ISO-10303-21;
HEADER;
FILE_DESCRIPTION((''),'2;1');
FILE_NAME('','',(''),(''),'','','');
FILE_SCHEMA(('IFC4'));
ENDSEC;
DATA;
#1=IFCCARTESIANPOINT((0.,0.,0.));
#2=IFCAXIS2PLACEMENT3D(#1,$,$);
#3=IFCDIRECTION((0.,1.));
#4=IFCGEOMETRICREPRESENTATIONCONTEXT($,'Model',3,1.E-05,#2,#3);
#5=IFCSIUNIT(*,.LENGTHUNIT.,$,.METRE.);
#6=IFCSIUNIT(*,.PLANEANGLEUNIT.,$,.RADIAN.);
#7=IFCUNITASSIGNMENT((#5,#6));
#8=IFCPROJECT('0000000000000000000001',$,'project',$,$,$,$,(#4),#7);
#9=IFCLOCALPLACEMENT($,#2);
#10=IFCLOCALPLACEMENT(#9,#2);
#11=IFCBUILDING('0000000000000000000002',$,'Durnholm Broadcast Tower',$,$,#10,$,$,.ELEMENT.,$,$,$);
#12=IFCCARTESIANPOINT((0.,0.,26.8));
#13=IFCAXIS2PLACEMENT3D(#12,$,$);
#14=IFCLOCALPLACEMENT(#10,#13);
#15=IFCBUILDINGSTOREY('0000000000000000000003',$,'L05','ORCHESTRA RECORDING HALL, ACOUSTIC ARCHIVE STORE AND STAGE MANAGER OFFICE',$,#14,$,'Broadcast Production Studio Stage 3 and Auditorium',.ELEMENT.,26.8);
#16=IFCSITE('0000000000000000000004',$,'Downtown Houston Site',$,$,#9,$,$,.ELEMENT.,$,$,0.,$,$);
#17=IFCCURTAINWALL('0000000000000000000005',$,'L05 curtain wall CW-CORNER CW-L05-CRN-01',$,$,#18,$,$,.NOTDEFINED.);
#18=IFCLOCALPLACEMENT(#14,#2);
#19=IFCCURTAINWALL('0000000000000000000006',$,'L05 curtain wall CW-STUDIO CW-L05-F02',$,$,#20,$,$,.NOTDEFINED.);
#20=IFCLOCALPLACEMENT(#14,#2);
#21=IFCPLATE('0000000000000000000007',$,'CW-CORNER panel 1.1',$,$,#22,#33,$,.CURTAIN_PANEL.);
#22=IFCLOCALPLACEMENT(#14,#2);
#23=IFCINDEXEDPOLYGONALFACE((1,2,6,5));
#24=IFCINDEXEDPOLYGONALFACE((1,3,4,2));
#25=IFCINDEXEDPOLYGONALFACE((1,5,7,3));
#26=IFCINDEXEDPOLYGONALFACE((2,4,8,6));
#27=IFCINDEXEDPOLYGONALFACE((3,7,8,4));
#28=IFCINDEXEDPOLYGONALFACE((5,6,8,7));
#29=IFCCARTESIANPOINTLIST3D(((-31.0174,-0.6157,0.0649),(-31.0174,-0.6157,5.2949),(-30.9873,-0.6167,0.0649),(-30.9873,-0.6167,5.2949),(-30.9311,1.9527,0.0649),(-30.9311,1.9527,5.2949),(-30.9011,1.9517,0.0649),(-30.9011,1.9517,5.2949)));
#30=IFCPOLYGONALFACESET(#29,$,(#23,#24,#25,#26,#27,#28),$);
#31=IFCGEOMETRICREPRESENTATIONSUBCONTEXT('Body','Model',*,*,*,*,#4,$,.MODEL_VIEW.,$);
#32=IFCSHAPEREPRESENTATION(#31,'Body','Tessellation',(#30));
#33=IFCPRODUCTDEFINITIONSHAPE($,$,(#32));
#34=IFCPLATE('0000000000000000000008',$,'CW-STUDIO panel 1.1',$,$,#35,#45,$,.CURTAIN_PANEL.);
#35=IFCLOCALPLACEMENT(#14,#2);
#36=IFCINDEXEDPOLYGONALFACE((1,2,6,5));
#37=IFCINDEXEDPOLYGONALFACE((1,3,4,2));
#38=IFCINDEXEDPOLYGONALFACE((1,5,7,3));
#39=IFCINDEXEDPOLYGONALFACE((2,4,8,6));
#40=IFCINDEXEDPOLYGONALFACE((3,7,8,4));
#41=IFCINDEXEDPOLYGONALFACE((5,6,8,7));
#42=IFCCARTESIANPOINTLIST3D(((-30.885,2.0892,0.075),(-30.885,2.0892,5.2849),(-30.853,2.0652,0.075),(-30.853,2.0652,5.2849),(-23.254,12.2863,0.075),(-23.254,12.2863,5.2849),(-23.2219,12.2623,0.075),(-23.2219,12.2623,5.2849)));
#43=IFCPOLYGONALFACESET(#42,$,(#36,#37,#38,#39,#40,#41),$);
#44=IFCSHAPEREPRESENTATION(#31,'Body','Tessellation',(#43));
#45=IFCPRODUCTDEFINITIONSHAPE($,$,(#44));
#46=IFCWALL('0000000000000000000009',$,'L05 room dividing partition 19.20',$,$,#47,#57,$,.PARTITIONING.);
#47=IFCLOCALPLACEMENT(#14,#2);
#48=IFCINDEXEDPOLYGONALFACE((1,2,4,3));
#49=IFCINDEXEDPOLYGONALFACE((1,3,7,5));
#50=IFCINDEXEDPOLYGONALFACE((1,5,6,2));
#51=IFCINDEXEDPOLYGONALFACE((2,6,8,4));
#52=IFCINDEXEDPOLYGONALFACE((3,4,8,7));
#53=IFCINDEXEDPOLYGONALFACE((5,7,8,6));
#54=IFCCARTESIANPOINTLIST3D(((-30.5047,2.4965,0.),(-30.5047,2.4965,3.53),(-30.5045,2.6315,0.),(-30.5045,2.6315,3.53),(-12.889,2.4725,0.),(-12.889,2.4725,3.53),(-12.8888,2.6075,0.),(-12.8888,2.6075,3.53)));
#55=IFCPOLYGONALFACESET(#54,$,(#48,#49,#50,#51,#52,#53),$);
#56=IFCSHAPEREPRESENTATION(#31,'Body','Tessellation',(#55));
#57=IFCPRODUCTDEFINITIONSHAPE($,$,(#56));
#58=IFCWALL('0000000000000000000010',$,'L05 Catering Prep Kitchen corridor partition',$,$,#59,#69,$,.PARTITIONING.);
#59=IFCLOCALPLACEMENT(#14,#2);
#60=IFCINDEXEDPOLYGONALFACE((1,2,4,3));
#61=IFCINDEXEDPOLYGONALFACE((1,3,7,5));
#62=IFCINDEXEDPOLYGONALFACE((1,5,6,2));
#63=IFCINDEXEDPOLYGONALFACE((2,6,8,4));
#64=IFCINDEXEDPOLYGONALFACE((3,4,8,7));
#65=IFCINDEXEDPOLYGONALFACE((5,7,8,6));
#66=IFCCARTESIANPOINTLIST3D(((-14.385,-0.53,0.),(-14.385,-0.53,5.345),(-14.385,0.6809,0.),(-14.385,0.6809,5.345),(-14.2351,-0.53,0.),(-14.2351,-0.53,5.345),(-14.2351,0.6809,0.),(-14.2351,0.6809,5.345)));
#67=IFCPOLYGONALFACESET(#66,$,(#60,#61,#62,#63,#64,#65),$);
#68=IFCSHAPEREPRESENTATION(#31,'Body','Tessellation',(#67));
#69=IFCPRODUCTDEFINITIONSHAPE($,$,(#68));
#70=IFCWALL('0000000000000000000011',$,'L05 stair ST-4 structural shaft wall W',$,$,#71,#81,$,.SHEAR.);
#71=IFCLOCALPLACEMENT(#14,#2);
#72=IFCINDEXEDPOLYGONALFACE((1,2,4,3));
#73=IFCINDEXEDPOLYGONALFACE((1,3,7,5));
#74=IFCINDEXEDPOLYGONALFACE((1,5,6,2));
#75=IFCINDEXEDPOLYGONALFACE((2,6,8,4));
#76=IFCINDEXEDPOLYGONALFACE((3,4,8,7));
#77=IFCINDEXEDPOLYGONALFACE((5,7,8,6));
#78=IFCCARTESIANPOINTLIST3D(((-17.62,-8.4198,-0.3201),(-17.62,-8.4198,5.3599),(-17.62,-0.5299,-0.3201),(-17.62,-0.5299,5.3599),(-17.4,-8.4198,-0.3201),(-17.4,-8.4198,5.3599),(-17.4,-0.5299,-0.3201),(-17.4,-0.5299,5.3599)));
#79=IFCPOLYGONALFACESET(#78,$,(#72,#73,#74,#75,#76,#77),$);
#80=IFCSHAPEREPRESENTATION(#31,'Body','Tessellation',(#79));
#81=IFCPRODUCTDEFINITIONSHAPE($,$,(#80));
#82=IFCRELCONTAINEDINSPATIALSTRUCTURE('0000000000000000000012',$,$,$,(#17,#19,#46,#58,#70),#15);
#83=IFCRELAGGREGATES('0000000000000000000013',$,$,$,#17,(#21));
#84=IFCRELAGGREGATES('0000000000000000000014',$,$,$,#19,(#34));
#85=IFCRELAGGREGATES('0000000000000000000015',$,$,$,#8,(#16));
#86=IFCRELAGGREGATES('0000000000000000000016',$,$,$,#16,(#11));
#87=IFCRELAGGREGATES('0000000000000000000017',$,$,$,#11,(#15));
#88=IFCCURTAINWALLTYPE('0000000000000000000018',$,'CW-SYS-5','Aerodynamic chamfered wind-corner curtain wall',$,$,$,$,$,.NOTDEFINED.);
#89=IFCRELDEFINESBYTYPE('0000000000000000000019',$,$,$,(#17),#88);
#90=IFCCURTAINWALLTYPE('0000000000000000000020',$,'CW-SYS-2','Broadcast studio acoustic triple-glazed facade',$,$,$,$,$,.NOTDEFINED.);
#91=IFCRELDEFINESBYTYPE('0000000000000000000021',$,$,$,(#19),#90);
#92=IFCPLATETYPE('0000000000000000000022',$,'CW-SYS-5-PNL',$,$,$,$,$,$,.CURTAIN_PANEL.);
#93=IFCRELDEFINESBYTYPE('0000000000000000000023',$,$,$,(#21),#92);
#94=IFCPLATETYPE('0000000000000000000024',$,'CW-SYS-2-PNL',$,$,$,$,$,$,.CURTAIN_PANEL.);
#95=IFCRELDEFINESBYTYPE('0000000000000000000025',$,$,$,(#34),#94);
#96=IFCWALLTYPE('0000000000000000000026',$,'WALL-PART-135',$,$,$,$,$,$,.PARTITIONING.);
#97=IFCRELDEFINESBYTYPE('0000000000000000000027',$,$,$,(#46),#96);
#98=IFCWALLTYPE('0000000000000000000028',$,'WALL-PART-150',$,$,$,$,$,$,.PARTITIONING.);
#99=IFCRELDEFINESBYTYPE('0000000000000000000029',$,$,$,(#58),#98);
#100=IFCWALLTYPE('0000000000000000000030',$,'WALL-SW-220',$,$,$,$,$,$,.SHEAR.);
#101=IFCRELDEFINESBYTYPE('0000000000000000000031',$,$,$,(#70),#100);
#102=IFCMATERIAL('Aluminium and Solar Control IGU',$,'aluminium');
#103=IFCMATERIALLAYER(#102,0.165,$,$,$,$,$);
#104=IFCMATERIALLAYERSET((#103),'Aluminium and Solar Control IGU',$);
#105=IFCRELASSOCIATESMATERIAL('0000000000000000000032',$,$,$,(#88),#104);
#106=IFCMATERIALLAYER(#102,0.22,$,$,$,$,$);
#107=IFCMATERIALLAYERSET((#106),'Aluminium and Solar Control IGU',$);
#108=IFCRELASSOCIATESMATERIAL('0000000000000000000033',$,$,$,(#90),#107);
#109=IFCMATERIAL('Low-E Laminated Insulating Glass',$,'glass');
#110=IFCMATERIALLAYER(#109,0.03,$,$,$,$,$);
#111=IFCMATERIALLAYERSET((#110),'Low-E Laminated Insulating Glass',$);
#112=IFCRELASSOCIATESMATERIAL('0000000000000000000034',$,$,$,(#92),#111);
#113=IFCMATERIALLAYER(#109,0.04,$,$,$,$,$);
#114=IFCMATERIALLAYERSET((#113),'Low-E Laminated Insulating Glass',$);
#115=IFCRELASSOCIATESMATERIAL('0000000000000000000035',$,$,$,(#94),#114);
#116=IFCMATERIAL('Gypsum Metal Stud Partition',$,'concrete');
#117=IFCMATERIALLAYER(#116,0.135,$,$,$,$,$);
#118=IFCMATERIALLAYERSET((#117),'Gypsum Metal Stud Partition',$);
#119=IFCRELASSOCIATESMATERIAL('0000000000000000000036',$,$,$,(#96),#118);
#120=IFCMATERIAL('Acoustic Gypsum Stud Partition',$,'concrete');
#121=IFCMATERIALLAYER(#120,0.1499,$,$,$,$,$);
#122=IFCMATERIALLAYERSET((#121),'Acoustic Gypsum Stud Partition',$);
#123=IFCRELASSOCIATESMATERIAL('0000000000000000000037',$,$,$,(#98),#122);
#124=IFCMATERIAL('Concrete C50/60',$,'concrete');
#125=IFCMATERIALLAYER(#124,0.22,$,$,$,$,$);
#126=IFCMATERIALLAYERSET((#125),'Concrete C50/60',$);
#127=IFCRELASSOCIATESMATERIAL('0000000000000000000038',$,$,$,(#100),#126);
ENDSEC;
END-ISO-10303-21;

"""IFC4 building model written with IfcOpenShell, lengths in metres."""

from ifc_helpers import new_model, si_unit, direction, frame, frame_2d, origin, origin_2d, place, context, subcontext, project, spatial, rectangle, extrude, source, transform, mapped, material, layer, layer_set, type_object, type_shapes, element, aggregate, save


model = new_model("IFC4")

# Units and contexts
model_context = context("Model", 3, precision=1e-05, world=origin(), true_north=direction((0.0, 1.0)))
body_context = subcontext(model_context, "Body", "Model", "MODEL_VIEW")
ifc_project = project(units=[si_unit("LENGTHUNIT", "METRE"), si_unit("PLANEANGLEUNIT", "RADIAN")], contexts=[model_context])

# Site, building, storey
site_placement = place(None, origin())
site = spatial("IfcSite", under=ifc_project, at=site_placement, Name="Downtown Houston Site", CompositionType="ELEMENT", RefElevation=0.0)
building_placement = place(site_placement, origin())
building = spatial("IfcBuilding", under=site, at=building_placement, Name="Durnholm Broadcast Tower", CompositionType="ELEMENT")
storey_placement = place(building_placement, frame((0.0, 0.0, 26.8)))
storey = spatial("IfcBuildingStorey", under=building, at=storey_placement, Name="L05", Description="ORCHESTRA RECORDING HALL, ACOUSTIC ARCHIVE STORE AND STAGE MANAGER OFFICE", LongName="Broadcast Production Studio Stage 3 and Auditorium", CompositionType="ELEMENT", Elevation=26.8)

# Curtain walls
ifc_material_1 = material(Name="Aluminium and Solar Control IGU", Category="aluminium")
ifc_layer_1 = layer(ifc_material_1, 0.165)
ifc_layer_set_1 = layer_set([ifc_layer_1], Name="Aluminium and Solar Control IGU")
curtain_wall_type_1 = type_object("IfcCurtainWallType", Name="CW-SYS-5", Description="Aerodynamic chamfered wind-corner curtain wall", PredefinedType="NOTDEFINED", material=ifc_layer_set_1)
curtain_wall_1_placement = place(storey_placement, origin())
curtain_wall_1 = element("IfcCurtainWall", 1, at=curtain_wall_1_placement, inside=storey, type_object=curtain_wall_type_1, Name="L05 curtain wall CW-CORNER CW-L05-CRN-01", PredefinedType="NOTDEFINED")
ifc_layer_2 = layer(ifc_material_1, 0.22)
ifc_layer_set_2 = layer_set([ifc_layer_2], Name="Aluminium and Solar Control IGU")
curtain_wall_type_2 = type_object("IfcCurtainWallType", Name="CW-SYS-2", Description="Broadcast studio acoustic triple-glazed facade", PredefinedType="NOTDEFINED", material=ifc_layer_set_2)
curtain_wall_2_placement = place(storey_placement, origin())
curtain_wall_2 = element("IfcCurtainWall", 2, at=curtain_wall_2_placement, inside=storey, type_object=curtain_wall_type_2, Name="L05 curtain wall CW-STUDIO CW-L05-F02", PredefinedType="NOTDEFINED")

# Plates
ifc_material_2 = material(Name="Low-E Laminated Insulating Glass", Category="glass")
ifc_layer_3 = layer(ifc_material_2, 0.03)
ifc_layer_set_3 = layer_set([ifc_layer_3], Name="Low-E Laminated Insulating Glass")
plate_type_1 = type_object("IfcPlateType", Name="CW-SYS-5-PNL", PredefinedType="CURTAIN_PANEL", material=ifc_layer_set_3)
shared_shape_1 = source(origin(), body_context, "Body", "SweptSolid", [
    extrude(rectangle(XDim=2.5698, YDim=0.03, at=origin_2d()), origin(), (0.0, 0.0, 1.0), 5.23),
])
type_shapes(plate_type_1, [shared_shape_1])
plate_1_placement = place(storey_placement, frame((-30.9592, 0.668, 0.0649), z_axis=(0.0, 0.0, 1.0), x_axis=(0.033557, 0.999437, 0.0)))
plate_1 = element("IfcPlate", 3, at=plate_1_placement, type_object=plate_type_1, Name="CW-CORNER panel 1.1", PredefinedType="CURTAIN_PANEL", context=body_context, shape_type="MappedRepresentation", body=[
    mapped(shared_shape_1, transform((0.0, 0.0, 0.0), x_axis=(1.0, 0.0, 0.0), y_axis=(0.0, 1.0, 0.0), z_axis=(0.0, 0.0, 1.0), scale=1.0)),
])
aggregate(curtain_wall_1, [plate_1])
ifc_layer_4 = layer(ifc_material_2, 0.04)
ifc_layer_set_4 = layer_set([ifc_layer_4], Name="Low-E Laminated Insulating Glass")
plate_type_2 = type_object("IfcPlateType", Name="CW-SYS-2-PNL", PredefinedType="CURTAIN_PANEL", material=ifc_layer_set_4)
shared_shape_2 = source(origin(), body_context, "Body", "SweptSolid", [
    extrude(rectangle(XDim=12.7363, YDim=0.04, at=origin_2d()), origin(), (0.0, 0.0, 1.0), 5.21),
])
type_shapes(plate_type_2, [shared_shape_2])
plate_2_placement = place(storey_placement, frame((-27.0535, 7.1758, 0.075), z_axis=(0.0, 0.0, 1.0), x_axis=(0.599157, 0.800632, 0.0)))
plate_2 = element("IfcPlate", 4, at=plate_2_placement, type_object=plate_type_2, Name="CW-STUDIO panel 1.1", PredefinedType="CURTAIN_PANEL", context=body_context, shape_type="MappedRepresentation", body=[
    mapped(shared_shape_2, transform((0.0, 0.0, 0.0), x_axis=(1.0, 0.0, 0.0), y_axis=(0.0, 1.0, 0.0), z_axis=(0.0, 0.0, 1.0), scale=1.0)),
])
aggregate(curtain_wall_2, [plate_2])

# Walls
ifc_material_3 = material(Name="Gypsum Metal Stud Partition", Category="concrete")
ifc_layer_5 = layer(ifc_material_3, 0.135)
ifc_layer_set_5 = layer_set([ifc_layer_5], Name="Gypsum Metal Stud Partition")
wall_type_1 = type_object("IfcWallType", Name="WALL-PART-135", PredefinedType="PARTITIONING", material=ifc_layer_set_5)
wall_1_placement = place(storey_placement, frame((-30.5046, 2.564, 0.0), z_axis=(0.0, 0.0, 1.0), x_axis=(0.999999, -0.001358, 0.0)))
element("IfcWall", 5, at=wall_1_placement, inside=storey, type_object=wall_type_1, Name="L05 room dividing partition 19.20", PredefinedType="PARTITIONING", context=body_context, shape_type="SweptSolid", body=[
    extrude(rectangle(XDim=17.6157, YDim=0.135, at=frame_2d((8.8079, 0.0))), origin(), (0.0, 0.0, 1.0), 3.53),
])
ifc_material_4 = material(Name="Acoustic Gypsum Stud Partition", Category="concrete")
ifc_layer_6 = layer(ifc_material_4, 0.1499)
ifc_layer_set_6 = layer_set([ifc_layer_6], Name="Acoustic Gypsum Stud Partition")
wall_type_2 = type_object("IfcWallType", Name="WALL-PART-150", PredefinedType="PARTITIONING", material=ifc_layer_set_6)
wall_2_placement = place(storey_placement, frame((-14.3101, 0.6809, 0.0), z_axis=(0.0, 0.0, 1.0), x_axis=(0.0, -1.0, 0.0)))
element("IfcWall", 6, at=wall_2_placement, inside=storey, type_object=wall_type_2, Name="L05 Catering Prep Kitchen corridor partition", PredefinedType="PARTITIONING", context=body_context, shape_type="SweptSolid", body=[
    extrude(rectangle(XDim=1.2109, YDim=0.1499, at=frame_2d((0.6055, 0.0))), origin(), (0.0, 0.0, 1.0), 5.345),
])
ifc_material_5 = material(Name="Concrete C50/60", Category="concrete")
ifc_layer_7 = layer(ifc_material_5, 0.22)
ifc_layer_set_7 = layer_set([ifc_layer_7], Name="Concrete C50/60")
wall_type_3 = type_object("IfcWallType", Name="WALL-SW-220", PredefinedType="SHEAR", material=ifc_layer_set_7)
wall_3_placement = place(storey_placement, frame((-17.51, -0.53, -0.3201), z_axis=(0.0, 0.0, 1.0), x_axis=(0.0, -1.0, 0.0)))
element("IfcWall", 7, at=wall_3_placement, inside=storey, type_object=wall_type_3, Name="L05 stair ST-4 structural shaft wall W", PredefinedType="SHEAR", context=body_context, shape_type="SweptSolid", body=[
    extrude(rectangle(XDim=7.8899, YDim=0.22, at=frame_2d((3.9448, 0.0))), origin(), (0.0, 0.0, 1.0), 5.6799),
])

save(model, "model.ifc")
